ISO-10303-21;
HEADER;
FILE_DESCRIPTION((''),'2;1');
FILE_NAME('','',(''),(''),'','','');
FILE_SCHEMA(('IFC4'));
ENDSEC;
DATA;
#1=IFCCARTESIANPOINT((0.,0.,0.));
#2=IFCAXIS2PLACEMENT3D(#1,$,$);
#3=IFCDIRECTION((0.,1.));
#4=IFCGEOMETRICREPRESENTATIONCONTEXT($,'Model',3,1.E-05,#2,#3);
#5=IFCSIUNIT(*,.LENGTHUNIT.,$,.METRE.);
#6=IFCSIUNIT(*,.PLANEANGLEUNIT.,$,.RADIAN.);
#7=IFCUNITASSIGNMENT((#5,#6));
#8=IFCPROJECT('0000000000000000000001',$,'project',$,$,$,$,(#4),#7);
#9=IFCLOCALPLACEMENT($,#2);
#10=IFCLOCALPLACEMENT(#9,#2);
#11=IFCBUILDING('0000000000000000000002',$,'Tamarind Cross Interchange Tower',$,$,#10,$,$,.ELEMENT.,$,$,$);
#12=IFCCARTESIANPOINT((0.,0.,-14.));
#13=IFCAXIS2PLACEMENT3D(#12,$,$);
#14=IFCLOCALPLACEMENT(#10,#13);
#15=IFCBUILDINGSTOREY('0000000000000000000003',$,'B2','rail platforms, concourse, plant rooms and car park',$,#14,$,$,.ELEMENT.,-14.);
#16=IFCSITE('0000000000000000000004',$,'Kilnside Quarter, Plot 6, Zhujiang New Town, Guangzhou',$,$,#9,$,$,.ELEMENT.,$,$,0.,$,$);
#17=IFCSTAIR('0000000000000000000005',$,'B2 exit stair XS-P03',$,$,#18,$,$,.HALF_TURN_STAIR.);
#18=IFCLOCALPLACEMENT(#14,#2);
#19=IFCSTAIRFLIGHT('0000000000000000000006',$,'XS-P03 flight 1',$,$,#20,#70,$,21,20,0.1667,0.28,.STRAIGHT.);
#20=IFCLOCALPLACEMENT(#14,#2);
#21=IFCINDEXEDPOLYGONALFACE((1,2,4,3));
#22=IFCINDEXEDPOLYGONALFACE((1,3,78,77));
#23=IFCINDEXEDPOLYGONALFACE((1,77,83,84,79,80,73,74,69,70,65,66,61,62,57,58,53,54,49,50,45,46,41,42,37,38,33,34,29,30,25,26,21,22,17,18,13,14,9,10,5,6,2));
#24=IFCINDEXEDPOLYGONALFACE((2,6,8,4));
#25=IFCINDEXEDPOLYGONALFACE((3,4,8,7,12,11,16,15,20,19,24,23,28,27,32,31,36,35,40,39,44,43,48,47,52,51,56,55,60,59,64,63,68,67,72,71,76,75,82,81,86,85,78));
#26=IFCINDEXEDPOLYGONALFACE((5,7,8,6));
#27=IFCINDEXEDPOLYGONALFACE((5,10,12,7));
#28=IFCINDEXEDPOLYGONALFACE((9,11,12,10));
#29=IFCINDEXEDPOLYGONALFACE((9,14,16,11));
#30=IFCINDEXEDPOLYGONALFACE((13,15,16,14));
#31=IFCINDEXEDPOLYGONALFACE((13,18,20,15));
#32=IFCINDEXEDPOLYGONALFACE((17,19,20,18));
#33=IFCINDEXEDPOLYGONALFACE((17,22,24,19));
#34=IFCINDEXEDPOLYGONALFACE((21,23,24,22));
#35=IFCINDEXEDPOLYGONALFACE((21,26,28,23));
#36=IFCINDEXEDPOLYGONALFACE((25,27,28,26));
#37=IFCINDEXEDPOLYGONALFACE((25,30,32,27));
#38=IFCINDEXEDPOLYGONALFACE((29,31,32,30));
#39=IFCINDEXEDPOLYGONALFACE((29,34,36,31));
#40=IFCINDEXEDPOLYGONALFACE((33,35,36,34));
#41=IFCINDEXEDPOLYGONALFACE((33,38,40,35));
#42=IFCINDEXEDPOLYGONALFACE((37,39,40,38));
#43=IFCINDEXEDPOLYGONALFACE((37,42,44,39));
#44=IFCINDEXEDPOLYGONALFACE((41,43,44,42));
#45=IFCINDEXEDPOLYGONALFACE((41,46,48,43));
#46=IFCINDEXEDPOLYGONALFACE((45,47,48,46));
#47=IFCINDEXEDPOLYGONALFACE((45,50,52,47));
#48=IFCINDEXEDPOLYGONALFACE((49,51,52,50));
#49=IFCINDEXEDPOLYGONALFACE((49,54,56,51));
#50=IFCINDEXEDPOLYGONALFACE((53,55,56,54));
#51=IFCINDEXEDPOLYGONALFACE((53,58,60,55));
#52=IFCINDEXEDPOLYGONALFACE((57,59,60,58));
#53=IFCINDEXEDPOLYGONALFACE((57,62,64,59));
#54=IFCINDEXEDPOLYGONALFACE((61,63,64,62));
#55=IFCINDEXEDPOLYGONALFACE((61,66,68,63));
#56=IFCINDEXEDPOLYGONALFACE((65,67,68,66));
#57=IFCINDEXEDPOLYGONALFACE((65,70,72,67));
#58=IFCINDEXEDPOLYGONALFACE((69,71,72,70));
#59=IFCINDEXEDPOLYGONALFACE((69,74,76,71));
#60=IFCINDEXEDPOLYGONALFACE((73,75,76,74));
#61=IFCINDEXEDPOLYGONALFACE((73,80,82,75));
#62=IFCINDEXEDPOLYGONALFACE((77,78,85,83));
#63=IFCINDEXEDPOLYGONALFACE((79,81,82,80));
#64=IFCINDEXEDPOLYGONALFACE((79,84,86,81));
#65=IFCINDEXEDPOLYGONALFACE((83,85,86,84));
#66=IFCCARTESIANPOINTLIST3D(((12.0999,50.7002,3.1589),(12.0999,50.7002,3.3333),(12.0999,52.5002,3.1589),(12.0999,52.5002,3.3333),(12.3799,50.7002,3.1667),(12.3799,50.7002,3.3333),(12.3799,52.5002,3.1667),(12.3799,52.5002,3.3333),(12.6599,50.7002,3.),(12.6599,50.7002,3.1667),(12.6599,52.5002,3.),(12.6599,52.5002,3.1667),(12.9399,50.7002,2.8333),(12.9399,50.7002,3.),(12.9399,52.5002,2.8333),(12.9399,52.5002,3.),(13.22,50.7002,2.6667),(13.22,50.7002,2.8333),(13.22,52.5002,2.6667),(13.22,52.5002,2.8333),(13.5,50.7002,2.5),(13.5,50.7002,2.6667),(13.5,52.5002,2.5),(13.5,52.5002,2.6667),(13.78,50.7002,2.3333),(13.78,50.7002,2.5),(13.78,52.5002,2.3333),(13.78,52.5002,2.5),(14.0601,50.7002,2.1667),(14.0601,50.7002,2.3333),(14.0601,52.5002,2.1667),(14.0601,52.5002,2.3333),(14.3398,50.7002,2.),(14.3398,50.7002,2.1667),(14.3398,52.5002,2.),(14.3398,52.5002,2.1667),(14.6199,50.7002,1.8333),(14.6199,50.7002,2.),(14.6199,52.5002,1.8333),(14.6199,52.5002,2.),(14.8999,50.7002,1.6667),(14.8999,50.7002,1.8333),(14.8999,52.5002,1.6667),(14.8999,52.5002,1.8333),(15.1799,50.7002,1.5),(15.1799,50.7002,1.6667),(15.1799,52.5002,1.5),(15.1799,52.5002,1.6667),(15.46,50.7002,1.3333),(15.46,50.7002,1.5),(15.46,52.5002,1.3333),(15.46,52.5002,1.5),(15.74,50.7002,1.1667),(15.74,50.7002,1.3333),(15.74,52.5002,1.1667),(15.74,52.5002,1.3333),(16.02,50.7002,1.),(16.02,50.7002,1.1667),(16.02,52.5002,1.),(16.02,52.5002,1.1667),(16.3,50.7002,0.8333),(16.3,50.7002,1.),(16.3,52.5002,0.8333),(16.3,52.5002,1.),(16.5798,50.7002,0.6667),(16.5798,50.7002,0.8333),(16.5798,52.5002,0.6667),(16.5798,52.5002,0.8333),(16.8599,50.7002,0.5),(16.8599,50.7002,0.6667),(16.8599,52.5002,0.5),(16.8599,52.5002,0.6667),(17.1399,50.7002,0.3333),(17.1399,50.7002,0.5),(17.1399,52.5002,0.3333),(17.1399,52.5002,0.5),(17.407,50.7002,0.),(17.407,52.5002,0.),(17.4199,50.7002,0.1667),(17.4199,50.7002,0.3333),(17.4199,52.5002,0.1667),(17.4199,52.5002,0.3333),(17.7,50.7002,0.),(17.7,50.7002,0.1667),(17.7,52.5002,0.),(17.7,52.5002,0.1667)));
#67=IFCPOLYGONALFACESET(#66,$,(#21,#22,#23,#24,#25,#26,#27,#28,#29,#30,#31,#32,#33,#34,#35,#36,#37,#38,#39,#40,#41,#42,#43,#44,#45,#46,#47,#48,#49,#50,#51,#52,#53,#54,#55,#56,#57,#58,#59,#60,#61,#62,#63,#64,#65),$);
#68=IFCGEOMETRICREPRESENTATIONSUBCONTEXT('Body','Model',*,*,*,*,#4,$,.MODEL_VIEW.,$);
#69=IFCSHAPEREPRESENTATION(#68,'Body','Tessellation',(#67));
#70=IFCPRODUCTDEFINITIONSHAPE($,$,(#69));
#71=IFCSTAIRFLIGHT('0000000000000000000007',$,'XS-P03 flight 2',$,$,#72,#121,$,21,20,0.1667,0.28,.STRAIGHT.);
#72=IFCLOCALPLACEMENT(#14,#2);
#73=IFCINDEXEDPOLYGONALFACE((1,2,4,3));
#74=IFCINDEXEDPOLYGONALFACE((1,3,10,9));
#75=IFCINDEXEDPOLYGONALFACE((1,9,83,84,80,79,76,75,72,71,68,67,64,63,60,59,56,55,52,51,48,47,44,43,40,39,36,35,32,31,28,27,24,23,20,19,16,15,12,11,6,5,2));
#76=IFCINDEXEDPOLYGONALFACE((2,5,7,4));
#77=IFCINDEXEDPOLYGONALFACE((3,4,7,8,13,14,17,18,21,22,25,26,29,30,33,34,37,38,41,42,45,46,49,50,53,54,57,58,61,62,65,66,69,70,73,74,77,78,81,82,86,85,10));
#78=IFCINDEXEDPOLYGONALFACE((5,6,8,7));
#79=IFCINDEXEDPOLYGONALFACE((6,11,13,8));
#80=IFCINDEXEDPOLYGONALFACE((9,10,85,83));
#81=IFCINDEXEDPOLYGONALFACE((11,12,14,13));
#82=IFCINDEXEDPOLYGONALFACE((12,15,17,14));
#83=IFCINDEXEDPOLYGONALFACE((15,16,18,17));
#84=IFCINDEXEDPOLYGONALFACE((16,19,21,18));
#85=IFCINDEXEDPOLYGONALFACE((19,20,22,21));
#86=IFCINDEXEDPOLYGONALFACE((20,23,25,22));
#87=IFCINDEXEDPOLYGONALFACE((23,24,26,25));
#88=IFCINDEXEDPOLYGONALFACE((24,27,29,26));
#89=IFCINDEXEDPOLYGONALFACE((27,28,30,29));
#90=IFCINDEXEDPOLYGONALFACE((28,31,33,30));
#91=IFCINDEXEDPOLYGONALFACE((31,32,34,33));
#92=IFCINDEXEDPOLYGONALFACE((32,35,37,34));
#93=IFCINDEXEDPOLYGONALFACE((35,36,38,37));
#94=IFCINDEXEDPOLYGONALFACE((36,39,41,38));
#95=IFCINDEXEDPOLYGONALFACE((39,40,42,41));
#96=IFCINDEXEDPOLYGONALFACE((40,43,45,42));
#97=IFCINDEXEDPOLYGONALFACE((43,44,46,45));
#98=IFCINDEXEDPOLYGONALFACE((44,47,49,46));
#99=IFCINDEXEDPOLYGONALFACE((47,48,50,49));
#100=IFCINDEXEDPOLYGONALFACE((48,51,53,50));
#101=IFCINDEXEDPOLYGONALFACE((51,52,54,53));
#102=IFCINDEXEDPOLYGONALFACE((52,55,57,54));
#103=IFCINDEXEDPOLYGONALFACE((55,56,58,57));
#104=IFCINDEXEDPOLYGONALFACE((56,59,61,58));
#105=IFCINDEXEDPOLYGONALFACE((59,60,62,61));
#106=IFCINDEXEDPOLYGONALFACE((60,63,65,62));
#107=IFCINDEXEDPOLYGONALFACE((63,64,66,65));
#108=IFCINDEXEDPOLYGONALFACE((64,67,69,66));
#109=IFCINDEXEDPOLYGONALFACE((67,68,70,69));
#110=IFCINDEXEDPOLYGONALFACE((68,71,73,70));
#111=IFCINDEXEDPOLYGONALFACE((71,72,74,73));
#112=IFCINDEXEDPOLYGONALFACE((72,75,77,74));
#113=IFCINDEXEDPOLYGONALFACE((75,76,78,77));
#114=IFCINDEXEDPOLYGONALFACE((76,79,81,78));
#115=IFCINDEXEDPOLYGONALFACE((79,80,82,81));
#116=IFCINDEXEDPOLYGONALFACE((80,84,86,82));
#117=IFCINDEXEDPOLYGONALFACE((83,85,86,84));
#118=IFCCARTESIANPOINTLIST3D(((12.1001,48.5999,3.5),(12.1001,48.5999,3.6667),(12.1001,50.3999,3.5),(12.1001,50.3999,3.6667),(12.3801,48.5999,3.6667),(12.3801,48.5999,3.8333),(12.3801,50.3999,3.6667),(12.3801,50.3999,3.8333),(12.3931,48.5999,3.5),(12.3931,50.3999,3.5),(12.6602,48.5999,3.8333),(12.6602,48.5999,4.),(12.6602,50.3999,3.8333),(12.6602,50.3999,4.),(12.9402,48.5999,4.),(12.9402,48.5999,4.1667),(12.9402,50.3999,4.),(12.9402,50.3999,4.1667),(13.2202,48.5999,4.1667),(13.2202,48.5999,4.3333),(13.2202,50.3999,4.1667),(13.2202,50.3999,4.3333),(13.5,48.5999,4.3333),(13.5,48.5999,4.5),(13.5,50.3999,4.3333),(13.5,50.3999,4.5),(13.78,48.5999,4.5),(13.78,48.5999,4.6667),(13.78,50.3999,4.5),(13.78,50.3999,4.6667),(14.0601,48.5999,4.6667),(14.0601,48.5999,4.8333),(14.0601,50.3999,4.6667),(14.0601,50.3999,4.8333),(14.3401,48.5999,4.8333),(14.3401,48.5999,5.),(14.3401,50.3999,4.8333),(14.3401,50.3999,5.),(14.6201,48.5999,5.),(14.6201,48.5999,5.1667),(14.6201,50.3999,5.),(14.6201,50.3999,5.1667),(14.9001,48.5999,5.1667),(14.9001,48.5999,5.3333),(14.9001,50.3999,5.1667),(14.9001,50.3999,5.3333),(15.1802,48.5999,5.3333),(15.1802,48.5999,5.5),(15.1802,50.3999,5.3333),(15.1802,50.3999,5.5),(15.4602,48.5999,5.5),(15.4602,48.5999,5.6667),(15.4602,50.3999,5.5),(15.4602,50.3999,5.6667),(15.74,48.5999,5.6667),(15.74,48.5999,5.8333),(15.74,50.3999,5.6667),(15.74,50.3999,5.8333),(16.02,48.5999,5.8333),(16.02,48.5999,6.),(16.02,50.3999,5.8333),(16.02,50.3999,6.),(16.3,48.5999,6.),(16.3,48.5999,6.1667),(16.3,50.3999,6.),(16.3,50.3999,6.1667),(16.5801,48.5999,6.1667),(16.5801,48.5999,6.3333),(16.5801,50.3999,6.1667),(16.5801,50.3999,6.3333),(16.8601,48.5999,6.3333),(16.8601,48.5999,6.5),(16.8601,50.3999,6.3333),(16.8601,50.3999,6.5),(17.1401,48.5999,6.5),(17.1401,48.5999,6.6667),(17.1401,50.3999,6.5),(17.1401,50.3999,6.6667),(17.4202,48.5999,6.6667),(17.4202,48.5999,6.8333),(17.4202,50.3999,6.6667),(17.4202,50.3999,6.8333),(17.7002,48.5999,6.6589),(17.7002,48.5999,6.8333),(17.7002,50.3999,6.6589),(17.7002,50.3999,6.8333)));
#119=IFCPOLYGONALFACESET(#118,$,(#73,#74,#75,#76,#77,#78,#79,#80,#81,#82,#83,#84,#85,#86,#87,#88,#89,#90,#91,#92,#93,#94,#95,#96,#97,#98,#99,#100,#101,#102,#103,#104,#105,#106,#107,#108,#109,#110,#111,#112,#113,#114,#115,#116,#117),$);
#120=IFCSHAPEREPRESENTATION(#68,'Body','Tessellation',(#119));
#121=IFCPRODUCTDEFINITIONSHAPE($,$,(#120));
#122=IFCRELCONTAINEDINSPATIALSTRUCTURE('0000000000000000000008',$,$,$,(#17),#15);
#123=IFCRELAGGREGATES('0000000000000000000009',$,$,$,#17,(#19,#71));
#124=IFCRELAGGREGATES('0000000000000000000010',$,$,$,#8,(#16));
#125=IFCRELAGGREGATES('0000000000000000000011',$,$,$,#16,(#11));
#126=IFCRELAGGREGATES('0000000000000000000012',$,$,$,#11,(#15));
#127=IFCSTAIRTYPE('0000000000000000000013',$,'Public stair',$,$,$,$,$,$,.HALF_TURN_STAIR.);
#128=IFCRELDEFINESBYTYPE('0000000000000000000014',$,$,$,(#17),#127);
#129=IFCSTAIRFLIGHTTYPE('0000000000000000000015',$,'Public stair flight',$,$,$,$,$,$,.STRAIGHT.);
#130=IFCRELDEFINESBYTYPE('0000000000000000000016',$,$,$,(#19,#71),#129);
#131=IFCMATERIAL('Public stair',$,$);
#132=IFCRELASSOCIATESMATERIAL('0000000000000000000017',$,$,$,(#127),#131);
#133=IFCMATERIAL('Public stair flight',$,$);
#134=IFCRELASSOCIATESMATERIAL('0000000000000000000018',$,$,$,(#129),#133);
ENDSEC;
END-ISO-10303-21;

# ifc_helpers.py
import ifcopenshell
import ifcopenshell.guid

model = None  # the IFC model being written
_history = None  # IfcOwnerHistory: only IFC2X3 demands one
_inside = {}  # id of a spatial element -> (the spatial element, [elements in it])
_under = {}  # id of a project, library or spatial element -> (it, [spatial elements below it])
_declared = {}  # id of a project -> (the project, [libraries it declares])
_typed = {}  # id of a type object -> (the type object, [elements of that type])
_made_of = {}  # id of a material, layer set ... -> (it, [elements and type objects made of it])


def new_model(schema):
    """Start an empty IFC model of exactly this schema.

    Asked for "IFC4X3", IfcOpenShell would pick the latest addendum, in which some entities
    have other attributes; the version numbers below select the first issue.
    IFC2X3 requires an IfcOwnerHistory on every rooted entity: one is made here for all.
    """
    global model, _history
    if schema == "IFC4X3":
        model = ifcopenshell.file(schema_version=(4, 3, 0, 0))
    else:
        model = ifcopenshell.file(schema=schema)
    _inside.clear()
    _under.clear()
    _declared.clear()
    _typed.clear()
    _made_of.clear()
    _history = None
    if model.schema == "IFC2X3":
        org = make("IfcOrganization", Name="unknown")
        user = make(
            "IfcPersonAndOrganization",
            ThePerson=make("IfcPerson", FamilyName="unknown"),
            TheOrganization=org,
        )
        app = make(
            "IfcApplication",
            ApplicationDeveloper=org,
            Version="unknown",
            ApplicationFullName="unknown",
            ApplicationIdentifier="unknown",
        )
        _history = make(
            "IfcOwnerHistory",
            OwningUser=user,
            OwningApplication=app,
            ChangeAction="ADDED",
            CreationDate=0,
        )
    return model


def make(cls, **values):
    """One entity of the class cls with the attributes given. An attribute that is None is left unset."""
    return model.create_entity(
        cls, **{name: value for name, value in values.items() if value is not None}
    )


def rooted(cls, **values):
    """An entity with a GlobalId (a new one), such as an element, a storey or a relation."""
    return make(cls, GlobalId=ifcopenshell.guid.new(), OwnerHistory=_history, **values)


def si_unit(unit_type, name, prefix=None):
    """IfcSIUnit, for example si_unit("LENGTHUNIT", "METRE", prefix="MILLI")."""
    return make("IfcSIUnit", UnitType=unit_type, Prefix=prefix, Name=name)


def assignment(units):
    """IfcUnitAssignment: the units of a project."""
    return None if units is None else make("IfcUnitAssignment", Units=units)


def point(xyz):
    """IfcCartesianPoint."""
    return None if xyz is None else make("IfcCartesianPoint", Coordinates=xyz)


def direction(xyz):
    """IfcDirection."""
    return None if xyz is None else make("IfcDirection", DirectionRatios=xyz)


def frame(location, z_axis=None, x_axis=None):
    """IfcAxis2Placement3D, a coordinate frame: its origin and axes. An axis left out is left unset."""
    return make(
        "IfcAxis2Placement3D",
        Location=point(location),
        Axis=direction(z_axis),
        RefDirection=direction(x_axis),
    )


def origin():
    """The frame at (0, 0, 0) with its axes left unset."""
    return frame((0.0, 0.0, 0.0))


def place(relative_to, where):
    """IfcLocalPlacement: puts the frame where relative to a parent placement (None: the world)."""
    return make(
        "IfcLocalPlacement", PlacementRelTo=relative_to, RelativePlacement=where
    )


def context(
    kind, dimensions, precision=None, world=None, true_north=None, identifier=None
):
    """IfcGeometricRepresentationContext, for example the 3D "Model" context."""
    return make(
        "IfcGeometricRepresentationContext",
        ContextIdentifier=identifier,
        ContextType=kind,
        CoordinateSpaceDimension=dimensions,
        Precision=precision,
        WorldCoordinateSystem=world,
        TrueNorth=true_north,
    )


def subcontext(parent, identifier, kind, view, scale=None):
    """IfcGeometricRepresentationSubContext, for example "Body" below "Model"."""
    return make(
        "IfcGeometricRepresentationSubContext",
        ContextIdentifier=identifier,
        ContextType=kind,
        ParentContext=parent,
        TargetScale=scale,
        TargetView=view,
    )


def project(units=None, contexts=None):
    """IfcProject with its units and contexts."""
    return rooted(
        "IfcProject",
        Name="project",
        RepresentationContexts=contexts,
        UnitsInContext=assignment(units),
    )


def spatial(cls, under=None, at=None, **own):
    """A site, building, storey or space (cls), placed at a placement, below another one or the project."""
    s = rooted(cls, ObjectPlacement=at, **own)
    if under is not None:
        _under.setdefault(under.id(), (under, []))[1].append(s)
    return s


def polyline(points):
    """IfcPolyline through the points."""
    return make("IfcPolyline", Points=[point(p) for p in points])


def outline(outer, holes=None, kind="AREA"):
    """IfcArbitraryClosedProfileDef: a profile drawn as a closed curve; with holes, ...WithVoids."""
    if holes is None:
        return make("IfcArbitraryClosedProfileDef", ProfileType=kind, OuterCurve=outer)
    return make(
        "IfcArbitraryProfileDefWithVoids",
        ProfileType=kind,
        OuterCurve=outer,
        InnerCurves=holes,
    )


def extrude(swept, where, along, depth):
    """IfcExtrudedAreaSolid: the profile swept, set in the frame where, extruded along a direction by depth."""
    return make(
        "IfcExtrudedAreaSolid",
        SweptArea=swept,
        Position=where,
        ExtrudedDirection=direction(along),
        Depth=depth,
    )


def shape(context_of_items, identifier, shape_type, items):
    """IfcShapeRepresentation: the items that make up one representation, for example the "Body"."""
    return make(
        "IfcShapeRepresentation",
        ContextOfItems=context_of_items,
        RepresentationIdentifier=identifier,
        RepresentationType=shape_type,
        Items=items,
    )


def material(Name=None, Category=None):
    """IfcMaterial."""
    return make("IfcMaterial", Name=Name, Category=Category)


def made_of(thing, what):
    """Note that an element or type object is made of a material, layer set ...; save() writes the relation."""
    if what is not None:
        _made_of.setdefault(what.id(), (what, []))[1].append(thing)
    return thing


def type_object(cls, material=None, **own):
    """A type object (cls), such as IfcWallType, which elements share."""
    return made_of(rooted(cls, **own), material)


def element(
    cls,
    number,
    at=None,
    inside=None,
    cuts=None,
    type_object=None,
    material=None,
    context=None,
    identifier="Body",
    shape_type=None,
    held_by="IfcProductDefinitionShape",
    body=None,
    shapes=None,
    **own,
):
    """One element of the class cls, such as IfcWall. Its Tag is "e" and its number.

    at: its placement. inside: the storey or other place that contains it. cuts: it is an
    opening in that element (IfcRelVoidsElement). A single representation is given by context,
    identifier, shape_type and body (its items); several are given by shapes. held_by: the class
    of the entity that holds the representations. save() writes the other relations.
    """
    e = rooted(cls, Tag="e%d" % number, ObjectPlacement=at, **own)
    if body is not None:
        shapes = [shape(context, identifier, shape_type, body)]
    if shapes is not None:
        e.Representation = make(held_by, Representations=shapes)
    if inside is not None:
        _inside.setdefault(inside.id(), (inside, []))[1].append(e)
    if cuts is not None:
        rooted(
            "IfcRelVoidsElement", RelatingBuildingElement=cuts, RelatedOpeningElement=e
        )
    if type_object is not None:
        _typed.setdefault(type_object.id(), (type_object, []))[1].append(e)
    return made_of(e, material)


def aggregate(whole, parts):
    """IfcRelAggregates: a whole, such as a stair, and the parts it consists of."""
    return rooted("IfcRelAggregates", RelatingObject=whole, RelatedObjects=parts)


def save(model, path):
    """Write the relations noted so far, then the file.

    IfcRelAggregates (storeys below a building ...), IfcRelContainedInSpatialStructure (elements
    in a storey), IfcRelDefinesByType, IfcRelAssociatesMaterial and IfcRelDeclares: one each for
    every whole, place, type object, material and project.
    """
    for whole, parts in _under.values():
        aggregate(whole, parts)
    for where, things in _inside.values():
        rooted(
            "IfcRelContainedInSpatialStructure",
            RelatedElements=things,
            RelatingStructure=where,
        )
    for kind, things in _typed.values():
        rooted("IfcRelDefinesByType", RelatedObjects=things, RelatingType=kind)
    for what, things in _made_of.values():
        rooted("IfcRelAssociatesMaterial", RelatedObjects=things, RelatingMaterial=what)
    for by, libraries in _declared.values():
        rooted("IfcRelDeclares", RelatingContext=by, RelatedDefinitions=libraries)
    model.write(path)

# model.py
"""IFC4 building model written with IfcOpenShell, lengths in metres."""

from ifc_helpers import new_model, si_unit, direction, frame, origin, place, context, subcontext, project, spatial, polyline, outline, extrude, material, type_object, element, aggregate, save


model = new_model("IFC4")

# Units and contexts
model_context = context("Model", 3, precision=1e-05, world=origin(), true_north=direction((0.0, 1.0)))
body_context = subcontext(model_context, "Body", "Model", "MODEL_VIEW")
ifc_project = project(units=[si_unit("LENGTHUNIT", "METRE"), si_unit("PLANEANGLEUNIT", "RADIAN")], contexts=[model_context])

# Site, building, storey
site_placement = place(None, origin())
site = spatial("IfcSite", under=ifc_project, at=site_placement, Name="Kilnside Quarter, Plot 6, Zhujiang New Town, Guangzhou", CompositionType="ELEMENT", RefElevation=0.0)
building_placement = place(site_placement, origin())
building = spatial("IfcBuilding", under=site, at=building_placement, Name="Tamarind Cross Interchange Tower", CompositionType="ELEMENT")
storey_placement = place(building_placement, frame((0.0, 0.0, -14.0)))
storey = spatial("IfcBuildingStorey", under=building, at=storey_placement, Name="B2", Description="rail platforms, concourse, plant rooms and car park", CompositionType="ELEMENT", Elevation=-14.0)

# Shared definitions
ifc_material_1 = material(Name="Public stair")
stair_type = type_object("IfcStairType", Name="Public stair", PredefinedType="HALF_TURN_STAIR", material=ifc_material_1)
ifc_material_2 = material(Name="Public stair flight")
stair_flight_type = type_object("IfcStairFlightType", Name="Public stair flight", PredefinedType="STRAIGHT", material=ifc_material_2)

# Stair, stair flights
stair_1_placement = place(storey_placement, origin())
stair_1 = element("IfcStair", 1, at=stair_1_placement, inside=storey, type_object=stair_type, Name="B2 exit stair XS-P03", PredefinedType="HALF_TURN_STAIR")
stair_flight_1_placement = place(storey_placement, frame((17.7, 51.6001, 0.0), z_axis=(0.0, 0.0, 1.0), x_axis=(-1.0, 0.0, 0.0)))
stair_flight_1 = element("IfcStairFlight", 2, at=stair_flight_1_placement, type_object=stair_flight_type, Name="XS-P03 flight 1", NumberOfRisers=21, NumberOfTreads=20, PredefinedType="STRAIGHT", RiserHeight=0.1667, TreadLength=0.28, context=body_context, shape_type="SweptSolid", body=[
    extrude(outline(polyline([(0.0, 0.0), (0.0, 0.1667), (0.28, 0.1667), (0.28, 0.3333), (0.5601, 0.3333), (0.5601, 0.5), (0.8401, 0.5), (0.8401, 0.6667), (1.1201, 0.6667), (1.1201, 0.8333), (1.3999, 0.8333), (1.3999, 1.0), (1.6799, 1.0), (1.6799, 1.1667), (1.96, 1.1667), (1.96, 1.3333), (2.24, 1.3333), (2.24, 1.5), (2.52, 1.5), (2.52, 1.6667), (2.8, 1.6667), (2.8, 1.8333), (3.0801, 1.8333), (3.0801, 2.0), (3.3601, 2.0), (3.3601, 2.1667), (3.6399, 2.1667), (3.6399, 2.3333), (3.9199, 2.3333), (3.9199, 2.5), (4.2, 2.5), (4.2, 2.6667), (4.48, 2.6667), (4.48, 2.8333), (4.76, 2.8333), (4.76, 3.0), (5.04, 3.0), (5.04, 3.1667), (5.3201, 3.1667), (5.3201, 3.3333), (5.6001, 3.3333), (5.6001, 3.5), (5.6001, 3.1589), (0.293, 0.0), (0.0, 0.0)])), frame((0.0, 0.8999, 0.0), z_axis=(0.0, -1.0, 0.0), x_axis=(1.0, 0.0, 0.0)), (0.0, 0.0, 1.0), 1.8),
])
stair_flight_2_placement = place(storey_placement, frame((12.1001, 49.5, 3.5), z_axis=(0.0, 0.0, 1.0), x_axis=(1.0, 0.0, 0.0)))
stair_flight_2 = element("IfcStairFlight", 3, at=stair_flight_2_placement, type_object=stair_flight_type, Name="XS-P03 flight 2", NumberOfRisers=21, NumberOfTreads=20, PredefinedType="STRAIGHT", RiserHeight=0.1667, TreadLength=0.28, context=body_context, shape_type="SweptSolid", body=[
    extrude(outline(polyline([(0.0, 0.0), (0.0, 0.1667), (0.28, 0.1667), (0.28, 0.3333), (0.5601, 0.3333), (0.5601, 0.5), (0.8401, 0.5), (0.8401, 0.6667), (1.1201, 0.6667), (1.1201, 0.8333), (1.3999, 0.8333), (1.3999, 1.0), (1.6799, 1.0), (1.6799, 1.1667), (1.96, 1.1667), (1.96, 1.3333), (2.24, 1.3333), (2.24, 1.5), (2.52, 1.5), (2.52, 1.6667), (2.8, 1.6667), (2.8, 1.8333), (3.0801, 1.8333), (3.0801, 2.0), (3.3601, 2.0), (3.3601, 2.1667), (3.6399, 2.1667), (3.6399, 2.3333), (3.9199, 2.3333), (3.9199, 2.5), (4.2, 2.5), (4.2, 2.6667), (4.48, 2.6667), (4.48, 2.8333), (4.76, 2.8333), (4.76, 3.0), (5.04, 3.0), (5.04, 3.1667), (5.3201, 3.1667), (5.3201, 3.3333), (5.6001, 3.3333), (5.6001, 3.5), (5.6001, 3.1589), (0.293, 0.0), (0.0, 0.0)])), frame((0.0, 0.8999, 0.0), z_axis=(0.0, -1.0, 0.0), x_axis=(1.0, 0.0, 0.0)), (0.0, 0.0, 1.0), 1.8),
])
aggregate(stair_1, [stair_flight_1, stair_flight_2])

save(model, "model.ifc")
